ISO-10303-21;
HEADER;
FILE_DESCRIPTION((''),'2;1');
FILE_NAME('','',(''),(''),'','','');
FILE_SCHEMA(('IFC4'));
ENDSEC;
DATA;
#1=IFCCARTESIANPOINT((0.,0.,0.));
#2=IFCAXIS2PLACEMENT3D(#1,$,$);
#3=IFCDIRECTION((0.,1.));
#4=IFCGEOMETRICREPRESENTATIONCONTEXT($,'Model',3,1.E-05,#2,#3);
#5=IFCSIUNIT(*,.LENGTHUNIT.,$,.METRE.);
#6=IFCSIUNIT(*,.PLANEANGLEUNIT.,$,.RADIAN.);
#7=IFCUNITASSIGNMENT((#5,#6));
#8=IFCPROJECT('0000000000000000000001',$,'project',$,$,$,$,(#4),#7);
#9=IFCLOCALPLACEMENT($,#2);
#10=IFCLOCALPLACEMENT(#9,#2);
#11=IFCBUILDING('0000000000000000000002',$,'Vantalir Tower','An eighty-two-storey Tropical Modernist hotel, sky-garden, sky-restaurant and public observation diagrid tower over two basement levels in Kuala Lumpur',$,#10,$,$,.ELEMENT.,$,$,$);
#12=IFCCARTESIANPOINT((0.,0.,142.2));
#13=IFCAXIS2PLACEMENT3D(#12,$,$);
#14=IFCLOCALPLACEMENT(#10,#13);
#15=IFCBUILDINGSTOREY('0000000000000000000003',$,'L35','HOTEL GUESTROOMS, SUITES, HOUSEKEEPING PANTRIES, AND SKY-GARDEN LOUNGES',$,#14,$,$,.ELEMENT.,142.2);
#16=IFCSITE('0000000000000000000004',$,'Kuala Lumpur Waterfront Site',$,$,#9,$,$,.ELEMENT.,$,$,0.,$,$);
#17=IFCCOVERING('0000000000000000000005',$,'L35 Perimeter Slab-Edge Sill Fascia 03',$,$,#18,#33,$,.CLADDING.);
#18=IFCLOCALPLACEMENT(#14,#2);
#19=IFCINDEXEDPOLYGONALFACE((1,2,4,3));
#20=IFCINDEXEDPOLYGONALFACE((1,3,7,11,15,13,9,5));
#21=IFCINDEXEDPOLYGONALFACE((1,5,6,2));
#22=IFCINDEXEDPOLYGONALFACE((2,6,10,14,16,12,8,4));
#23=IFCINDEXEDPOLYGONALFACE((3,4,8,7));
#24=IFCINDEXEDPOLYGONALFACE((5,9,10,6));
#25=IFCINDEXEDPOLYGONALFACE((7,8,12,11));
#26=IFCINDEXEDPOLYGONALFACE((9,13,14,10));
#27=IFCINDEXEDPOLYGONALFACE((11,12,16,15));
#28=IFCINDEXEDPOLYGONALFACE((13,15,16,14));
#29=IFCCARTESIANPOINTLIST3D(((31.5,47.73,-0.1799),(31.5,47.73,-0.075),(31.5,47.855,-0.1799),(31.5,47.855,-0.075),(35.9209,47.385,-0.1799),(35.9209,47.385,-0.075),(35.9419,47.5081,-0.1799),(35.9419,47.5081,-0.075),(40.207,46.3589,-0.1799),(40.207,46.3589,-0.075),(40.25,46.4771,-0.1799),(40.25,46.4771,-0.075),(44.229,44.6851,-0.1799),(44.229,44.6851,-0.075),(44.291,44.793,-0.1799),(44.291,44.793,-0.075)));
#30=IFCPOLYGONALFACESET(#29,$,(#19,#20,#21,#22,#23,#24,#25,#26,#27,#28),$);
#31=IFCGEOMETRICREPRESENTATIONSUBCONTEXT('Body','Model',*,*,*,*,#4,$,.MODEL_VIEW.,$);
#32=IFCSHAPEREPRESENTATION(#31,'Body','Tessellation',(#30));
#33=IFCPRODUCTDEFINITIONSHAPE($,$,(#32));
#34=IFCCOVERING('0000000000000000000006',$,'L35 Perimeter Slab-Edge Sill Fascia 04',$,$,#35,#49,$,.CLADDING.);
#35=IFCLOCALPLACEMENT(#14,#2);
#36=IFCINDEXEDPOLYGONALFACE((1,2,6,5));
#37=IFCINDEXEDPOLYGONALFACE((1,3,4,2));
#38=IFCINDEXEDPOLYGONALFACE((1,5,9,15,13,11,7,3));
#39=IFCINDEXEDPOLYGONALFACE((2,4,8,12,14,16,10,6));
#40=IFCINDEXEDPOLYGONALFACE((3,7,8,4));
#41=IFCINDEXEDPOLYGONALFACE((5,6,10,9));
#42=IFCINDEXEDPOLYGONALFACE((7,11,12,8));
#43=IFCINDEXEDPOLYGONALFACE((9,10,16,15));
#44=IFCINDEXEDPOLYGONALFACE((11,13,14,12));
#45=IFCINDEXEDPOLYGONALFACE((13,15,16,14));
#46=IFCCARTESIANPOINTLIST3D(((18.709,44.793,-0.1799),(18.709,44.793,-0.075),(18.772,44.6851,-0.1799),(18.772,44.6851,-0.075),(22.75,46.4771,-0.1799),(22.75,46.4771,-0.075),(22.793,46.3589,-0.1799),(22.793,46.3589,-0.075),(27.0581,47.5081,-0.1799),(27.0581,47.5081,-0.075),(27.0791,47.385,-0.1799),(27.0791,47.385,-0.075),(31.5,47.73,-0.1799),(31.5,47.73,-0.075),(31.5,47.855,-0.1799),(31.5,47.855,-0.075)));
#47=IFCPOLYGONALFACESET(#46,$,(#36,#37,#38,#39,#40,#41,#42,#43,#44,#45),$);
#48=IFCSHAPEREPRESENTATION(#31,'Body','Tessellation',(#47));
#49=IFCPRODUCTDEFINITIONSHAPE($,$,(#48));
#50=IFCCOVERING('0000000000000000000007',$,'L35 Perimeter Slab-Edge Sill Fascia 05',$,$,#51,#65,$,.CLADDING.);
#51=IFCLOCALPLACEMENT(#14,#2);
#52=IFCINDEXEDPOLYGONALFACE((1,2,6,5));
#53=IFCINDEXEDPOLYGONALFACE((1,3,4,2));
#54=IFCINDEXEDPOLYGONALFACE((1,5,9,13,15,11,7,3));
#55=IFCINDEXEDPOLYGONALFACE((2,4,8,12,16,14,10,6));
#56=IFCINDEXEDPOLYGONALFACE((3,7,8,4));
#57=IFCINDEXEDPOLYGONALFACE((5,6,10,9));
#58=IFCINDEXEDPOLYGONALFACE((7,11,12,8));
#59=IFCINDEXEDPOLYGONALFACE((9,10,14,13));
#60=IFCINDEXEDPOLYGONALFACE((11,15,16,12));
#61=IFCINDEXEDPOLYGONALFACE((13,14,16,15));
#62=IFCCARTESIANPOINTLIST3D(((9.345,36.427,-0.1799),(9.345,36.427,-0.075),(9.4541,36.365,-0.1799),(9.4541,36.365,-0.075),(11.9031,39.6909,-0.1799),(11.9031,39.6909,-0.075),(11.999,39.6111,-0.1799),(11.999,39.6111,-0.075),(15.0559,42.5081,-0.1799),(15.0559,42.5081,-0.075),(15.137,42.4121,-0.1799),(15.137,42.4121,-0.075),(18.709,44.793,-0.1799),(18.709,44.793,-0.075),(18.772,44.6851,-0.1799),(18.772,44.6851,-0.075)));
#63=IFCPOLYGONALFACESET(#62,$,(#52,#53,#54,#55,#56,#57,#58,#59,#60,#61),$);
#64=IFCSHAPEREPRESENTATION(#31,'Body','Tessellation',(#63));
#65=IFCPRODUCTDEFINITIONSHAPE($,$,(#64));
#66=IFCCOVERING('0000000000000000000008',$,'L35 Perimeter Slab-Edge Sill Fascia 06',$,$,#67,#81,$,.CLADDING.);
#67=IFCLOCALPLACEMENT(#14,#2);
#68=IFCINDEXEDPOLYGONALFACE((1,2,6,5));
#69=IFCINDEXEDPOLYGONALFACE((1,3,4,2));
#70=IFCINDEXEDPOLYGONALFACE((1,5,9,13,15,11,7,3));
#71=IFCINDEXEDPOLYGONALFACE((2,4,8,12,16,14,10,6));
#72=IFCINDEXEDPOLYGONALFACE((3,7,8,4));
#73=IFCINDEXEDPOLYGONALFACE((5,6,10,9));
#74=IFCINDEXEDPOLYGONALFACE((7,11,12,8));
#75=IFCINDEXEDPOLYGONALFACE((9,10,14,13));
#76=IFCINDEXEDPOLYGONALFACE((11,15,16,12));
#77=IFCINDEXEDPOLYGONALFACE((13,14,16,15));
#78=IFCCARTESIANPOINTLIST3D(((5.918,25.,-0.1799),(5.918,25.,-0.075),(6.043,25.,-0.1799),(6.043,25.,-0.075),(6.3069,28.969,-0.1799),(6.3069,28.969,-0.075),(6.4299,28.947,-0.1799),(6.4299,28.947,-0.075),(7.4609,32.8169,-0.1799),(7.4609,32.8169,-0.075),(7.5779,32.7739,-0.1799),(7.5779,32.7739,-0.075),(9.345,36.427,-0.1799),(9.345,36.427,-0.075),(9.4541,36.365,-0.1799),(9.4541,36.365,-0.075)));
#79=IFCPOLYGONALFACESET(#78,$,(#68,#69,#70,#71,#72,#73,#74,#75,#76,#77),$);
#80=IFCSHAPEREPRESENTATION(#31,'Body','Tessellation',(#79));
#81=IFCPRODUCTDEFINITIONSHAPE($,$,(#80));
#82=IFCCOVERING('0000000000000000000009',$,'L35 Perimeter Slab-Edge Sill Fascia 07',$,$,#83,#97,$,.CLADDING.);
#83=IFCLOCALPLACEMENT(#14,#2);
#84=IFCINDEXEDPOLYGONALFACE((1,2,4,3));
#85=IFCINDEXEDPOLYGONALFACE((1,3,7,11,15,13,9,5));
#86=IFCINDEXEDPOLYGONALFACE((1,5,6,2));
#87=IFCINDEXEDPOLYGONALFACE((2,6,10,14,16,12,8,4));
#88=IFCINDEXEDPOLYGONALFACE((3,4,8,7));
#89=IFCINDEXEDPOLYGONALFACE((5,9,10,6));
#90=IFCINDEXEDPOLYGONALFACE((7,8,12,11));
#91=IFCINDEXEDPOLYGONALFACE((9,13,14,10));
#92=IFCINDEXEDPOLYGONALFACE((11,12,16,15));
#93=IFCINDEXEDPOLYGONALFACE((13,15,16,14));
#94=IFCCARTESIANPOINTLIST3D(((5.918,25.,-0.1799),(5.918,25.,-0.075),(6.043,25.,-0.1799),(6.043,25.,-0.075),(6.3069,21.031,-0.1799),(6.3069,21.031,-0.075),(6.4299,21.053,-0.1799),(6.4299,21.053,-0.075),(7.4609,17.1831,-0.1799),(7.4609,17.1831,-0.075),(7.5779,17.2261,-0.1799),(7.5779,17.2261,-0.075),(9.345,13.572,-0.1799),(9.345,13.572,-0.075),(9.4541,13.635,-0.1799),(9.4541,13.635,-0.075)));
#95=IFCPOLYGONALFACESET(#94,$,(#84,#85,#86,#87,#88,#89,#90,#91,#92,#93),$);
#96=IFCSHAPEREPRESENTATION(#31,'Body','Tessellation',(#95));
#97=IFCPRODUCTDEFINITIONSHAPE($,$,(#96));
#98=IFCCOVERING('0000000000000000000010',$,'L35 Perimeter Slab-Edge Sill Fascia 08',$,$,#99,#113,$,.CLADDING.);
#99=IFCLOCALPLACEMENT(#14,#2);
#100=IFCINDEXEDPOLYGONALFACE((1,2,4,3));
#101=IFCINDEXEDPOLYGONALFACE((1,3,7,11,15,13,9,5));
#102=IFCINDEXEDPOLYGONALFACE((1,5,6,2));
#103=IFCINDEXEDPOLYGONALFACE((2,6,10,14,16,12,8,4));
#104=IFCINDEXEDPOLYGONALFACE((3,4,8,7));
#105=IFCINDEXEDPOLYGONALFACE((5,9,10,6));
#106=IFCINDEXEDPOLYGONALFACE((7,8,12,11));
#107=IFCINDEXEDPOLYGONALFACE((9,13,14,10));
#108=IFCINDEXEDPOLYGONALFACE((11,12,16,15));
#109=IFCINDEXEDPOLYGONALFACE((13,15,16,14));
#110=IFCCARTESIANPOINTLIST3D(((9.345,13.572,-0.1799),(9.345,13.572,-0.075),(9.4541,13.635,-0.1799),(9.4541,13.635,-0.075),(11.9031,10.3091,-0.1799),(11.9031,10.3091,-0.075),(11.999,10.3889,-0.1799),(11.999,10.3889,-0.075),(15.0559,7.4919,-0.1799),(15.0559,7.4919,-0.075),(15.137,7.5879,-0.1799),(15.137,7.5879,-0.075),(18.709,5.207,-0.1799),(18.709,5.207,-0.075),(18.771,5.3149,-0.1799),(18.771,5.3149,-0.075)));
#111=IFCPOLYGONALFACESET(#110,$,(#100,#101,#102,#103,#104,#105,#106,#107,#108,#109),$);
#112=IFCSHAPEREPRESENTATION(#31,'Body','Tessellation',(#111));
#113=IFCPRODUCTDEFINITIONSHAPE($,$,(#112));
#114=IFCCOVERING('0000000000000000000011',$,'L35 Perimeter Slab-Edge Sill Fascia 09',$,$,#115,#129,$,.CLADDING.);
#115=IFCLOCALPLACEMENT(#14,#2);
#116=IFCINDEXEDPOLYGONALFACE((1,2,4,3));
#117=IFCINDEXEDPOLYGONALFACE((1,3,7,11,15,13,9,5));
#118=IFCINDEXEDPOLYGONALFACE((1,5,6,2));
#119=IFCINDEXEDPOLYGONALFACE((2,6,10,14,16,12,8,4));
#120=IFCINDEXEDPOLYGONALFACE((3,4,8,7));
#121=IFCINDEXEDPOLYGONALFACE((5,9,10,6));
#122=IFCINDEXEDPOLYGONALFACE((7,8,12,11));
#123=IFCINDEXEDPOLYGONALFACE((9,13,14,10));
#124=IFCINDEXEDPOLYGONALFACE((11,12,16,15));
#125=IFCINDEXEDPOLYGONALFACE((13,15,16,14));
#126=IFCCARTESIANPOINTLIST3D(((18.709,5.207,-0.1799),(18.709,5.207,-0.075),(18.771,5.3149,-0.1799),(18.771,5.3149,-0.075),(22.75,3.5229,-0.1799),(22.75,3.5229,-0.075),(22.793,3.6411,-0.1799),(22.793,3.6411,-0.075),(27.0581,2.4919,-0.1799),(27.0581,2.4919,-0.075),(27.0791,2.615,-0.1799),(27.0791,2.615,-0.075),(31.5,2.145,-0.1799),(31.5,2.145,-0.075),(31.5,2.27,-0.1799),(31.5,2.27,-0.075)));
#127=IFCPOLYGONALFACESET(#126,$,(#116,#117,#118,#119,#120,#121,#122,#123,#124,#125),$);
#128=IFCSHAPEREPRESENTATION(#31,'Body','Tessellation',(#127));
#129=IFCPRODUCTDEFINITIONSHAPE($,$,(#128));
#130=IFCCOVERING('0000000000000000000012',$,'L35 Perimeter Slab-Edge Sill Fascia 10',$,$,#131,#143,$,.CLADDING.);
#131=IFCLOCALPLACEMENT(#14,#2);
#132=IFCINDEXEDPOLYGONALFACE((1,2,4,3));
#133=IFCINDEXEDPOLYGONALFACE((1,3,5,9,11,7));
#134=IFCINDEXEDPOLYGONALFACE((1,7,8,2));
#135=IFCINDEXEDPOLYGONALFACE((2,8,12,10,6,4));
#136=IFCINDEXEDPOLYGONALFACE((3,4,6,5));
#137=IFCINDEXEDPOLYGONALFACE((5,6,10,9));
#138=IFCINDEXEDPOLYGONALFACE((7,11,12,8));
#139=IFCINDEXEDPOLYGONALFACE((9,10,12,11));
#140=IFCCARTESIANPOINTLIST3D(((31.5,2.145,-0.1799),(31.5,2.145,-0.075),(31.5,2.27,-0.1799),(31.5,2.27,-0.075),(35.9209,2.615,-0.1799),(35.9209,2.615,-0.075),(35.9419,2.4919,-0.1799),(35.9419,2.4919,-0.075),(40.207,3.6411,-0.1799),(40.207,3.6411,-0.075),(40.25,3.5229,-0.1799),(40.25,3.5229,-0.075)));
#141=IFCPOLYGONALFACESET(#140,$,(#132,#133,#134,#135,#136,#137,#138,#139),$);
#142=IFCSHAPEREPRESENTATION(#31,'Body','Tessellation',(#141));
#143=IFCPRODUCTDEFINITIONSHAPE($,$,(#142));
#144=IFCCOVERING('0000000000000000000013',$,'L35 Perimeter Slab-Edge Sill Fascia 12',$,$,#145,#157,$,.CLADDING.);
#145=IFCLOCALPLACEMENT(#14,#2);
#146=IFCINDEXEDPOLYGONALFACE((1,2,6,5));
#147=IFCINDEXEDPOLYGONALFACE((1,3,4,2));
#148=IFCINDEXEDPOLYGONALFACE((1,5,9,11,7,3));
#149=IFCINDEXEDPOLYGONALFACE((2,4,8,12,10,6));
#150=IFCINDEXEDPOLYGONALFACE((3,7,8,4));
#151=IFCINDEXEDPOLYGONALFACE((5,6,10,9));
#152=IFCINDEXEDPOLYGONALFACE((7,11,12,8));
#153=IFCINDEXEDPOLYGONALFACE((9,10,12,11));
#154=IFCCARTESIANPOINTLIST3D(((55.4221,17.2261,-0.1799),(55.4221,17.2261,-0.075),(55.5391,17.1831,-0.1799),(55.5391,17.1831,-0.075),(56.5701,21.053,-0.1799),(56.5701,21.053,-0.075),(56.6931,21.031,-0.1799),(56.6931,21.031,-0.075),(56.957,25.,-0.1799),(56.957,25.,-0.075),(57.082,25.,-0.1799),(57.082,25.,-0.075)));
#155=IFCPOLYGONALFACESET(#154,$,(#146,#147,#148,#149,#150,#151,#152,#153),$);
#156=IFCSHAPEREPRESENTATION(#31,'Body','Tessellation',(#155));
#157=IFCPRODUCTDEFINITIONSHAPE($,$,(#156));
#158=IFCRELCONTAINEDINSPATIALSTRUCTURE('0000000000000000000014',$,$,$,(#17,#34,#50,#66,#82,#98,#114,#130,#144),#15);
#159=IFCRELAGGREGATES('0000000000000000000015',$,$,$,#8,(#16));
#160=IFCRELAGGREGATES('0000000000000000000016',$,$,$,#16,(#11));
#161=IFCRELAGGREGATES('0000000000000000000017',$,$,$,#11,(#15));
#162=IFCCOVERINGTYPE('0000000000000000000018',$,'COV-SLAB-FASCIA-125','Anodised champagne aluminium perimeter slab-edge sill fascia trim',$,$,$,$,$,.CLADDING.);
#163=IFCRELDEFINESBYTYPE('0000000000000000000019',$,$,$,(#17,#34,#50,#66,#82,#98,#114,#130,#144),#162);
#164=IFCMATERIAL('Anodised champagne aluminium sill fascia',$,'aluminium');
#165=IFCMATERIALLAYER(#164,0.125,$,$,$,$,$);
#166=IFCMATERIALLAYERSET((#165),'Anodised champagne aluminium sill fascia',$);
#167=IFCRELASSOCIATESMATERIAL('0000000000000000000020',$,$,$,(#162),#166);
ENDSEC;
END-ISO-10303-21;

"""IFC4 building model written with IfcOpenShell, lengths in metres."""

from ifc_helpers import new_model, si_unit, direction, frame, origin, place, context, subcontext, project, spatial, polyline, outline, extrude, material, layer, layer_set, type_object, element, save


model = new_model("IFC4")

# Units and contexts
model_context = context("Model", 3, precision=1e-05, world=origin(), true_north=direction((0.0, 1.0)))
body_context = subcontext(model_context, "Body", "Model", "MODEL_VIEW")
ifc_project = project(units=[si_unit("LENGTHUNIT", "METRE"), si_unit("PLANEANGLEUNIT", "RADIAN")], contexts=[model_context])

# Site, building, storey
site_placement = place(None, origin())
site = spatial("IfcSite", under=ifc_project, at=site_placement, Name="Kuala Lumpur Waterfront Site", CompositionType="ELEMENT", RefElevation=0.0)
building_placement = place(site_placement, origin())
building = spatial("IfcBuilding", under=site, at=building_placement, Name="Vantalir Tower", Description="An eighty-two-storey Tropical Modernist hotel, sky-garden, sky-restaurant and public observation diagrid tower over two basement levels in Kuala Lumpur", CompositionType="ELEMENT")
storey_placement = place(building_placement, frame((0.0, 0.0, 142.2)))
storey = spatial("IfcBuildingStorey", under=building, at=storey_placement, Name="L35", Description="HOTEL GUESTROOMS, SUITES, HOUSEKEEPING PANTRIES, AND SKY-GARDEN LOUNGES", CompositionType="ELEMENT", Elevation=142.2)

# Coverings
ifc_material_1 = material(Name="Anodised champagne aluminium sill fascia", Category="aluminium")
ifc_layer_1 = layer(ifc_material_1, 0.125)
ifc_layer_set_1 = layer_set([ifc_layer_1], Name="Anodised champagne aluminium sill fascia")
covering_type = type_object("IfcCoveringType", Name="COV-SLAB-FASCIA-125", Description="Anodised champagne aluminium perimeter slab-edge sill fascia trim", PredefinedType="CLADDING", material=ifc_layer_set_1)
covering_1_placement = place(storey_placement, frame((0.0, 0.0, -0.1799)))
element("IfcCovering", 1, at=covering_1_placement, inside=storey, type_object=covering_type, Name="L35 Perimeter Slab-Edge Sill Fascia 03", PredefinedType="CLADDING", context=body_context, shape_type="SweptSolid", body=[
    extrude(outline(polyline([(44.291, 44.793), (40.25, 46.4771), (35.9419, 47.5081), (31.5, 47.855), (31.5, 47.73), (35.9209, 47.385), (40.207, 46.3589), (44.229, 44.6851), (44.291, 44.793)])), origin(), (0.0, 0.0, 1.0), 0.105),
])
covering_2_placement = place(storey_placement, frame((0.0, 0.0, -0.1799)))
element("IfcCovering", 2, at=covering_2_placement, inside=storey, type_object=covering_type, Name="L35 Perimeter Slab-Edge Sill Fascia 04", PredefinedType="CLADDING", context=body_context, shape_type="SweptSolid", body=[
    extrude(outline(polyline([(31.5, 47.855), (27.0581, 47.5081), (22.75, 46.4771), (18.709, 44.793), (18.772, 44.6851), (22.793, 46.3589), (27.0791, 47.385), (31.5, 47.73), (31.5, 47.855)])), origin(), (0.0, 0.0, 1.0), 0.105),
])
covering_3_placement = place(storey_placement, frame((0.0, 0.0, -0.1799)))
element("IfcCovering", 3, at=covering_3_placement, inside=storey, type_object=covering_type, Name="L35 Perimeter Slab-Edge Sill Fascia 05", PredefinedType="CLADDING", context=body_context, shape_type="SweptSolid", body=[
    extrude(outline(polyline([(18.709, 44.793), (15.0559, 42.5081), (11.9031, 39.6909), (9.345, 36.427), (9.4541, 36.365), (11.999, 39.6111), (15.137, 42.4121), (18.772, 44.6851), (18.709, 44.793)])), origin(), (0.0, 0.0, 1.0), 0.105),
])
covering_4_placement = place(storey_placement, frame((0.0, 0.0, -0.1799)))
element("IfcCovering", 4, at=covering_4_placement, inside=storey, type_object=covering_type, Name="L35 Perimeter Slab-Edge Sill Fascia 06", PredefinedType="CLADDING", context=body_context, shape_type="SweptSolid", body=[
    extrude(outline(polyline([(9.345, 36.427), (7.4609, 32.8169), (6.3069, 28.969), (5.918, 25.0), (6.043, 25.0), (6.4299, 28.947), (7.5779, 32.7739), (9.4541, 36.365), (9.345, 36.427)])), origin(), (0.0, 0.0, 1.0), 0.105),
])
covering_5_placement = place(storey_placement, frame((0.0, 0.0, -0.1799)))
element("IfcCovering", 5, at=covering_5_placement, inside=storey, type_object=covering_type, Name="L35 Perimeter Slab-Edge Sill Fascia 07", PredefinedType="CLADDING", context=body_context, shape_type="SweptSolid", body=[
    extrude(outline(polyline([(5.918, 25.0), (6.3069, 21.031), (7.4609, 17.1831), (9.345, 13.572), (9.4541, 13.635), (7.5779, 17.2261), (6.4299, 21.053), (6.043, 25.0), (5.918, 25.0)])), origin(), (0.0, 0.0, 1.0), 0.105),
])
covering_6_placement = place(storey_placement, frame((0.0, 0.0, -0.1799)))
element("IfcCovering", 6, at=covering_6_placement, inside=storey, type_object=covering_type, Name="L35 Perimeter Slab-Edge Sill Fascia 08", PredefinedType="CLADDING", context=body_context, shape_type="SweptSolid", body=[
    extrude(outline(polyline([(9.345, 13.572), (11.9031, 10.3091), (15.0559, 7.4919), (18.709, 5.207), (18.771, 5.3149), (15.137, 7.5879), (11.999, 10.3889), (9.4541, 13.635), (9.345, 13.572)])), origin(), (0.0, 0.0, 1.0), 0.105),
])
covering_7_placement = place(storey_placement, frame((0.0, 0.0, -0.1799)))
element("IfcCovering", 7, at=covering_7_placement, inside=storey, type_object=covering_type, Name="L35 Perimeter Slab-Edge Sill Fascia 09", PredefinedType="CLADDING", context=body_context, shape_type="SweptSolid", body=[
    extrude(outline(polyline([(18.709, 5.207), (22.75, 3.5229), (27.0581, 2.4919), (31.5, 2.145), (31.5, 2.27), (27.0791, 2.615), (22.793, 3.6411), (18.771, 5.3149), (18.709, 5.207)])), origin(), (0.0, 0.0, 1.0), 0.105),
])
covering_8_placement = place(storey_placement, frame((0.0, 0.0, -0.1799)))
element("IfcCovering", 8, at=covering_8_placement, inside=storey, type_object=covering_type, Name="L35 Perimeter Slab-Edge Sill Fascia 10", PredefinedType="CLADDING", context=body_context, shape_type="SweptSolid", body=[
    extrude(outline(polyline([(31.5, 2.145), (35.9419, 2.4919), (40.25, 3.5229), (40.207, 3.6411), (35.9209, 2.615), (31.5, 2.27), (31.5, 2.145)])), origin(), (0.0, 0.0, 1.0), 0.105),
])
covering_9_placement = place(storey_placement, frame((0.0, 0.0, -0.1799)))
element("IfcCovering", 9, at=covering_9_placement, inside=storey, type_object=covering_type, Name="L35 Perimeter Slab-Edge Sill Fascia 12", PredefinedType="CLADDING", context=body_context, shape_type="SweptSolid", body=[
    extrude(outline(polyline([(55.5391, 17.1831), (56.6931, 21.031), (57.082, 25.0), (56.957, 25.0), (56.5701, 21.053), (55.4221, 17.2261), (55.5391, 17.1831)])), origin(), (0.0, 0.0, 1.0), 0.105),
])

save(model, "model.ifc")
